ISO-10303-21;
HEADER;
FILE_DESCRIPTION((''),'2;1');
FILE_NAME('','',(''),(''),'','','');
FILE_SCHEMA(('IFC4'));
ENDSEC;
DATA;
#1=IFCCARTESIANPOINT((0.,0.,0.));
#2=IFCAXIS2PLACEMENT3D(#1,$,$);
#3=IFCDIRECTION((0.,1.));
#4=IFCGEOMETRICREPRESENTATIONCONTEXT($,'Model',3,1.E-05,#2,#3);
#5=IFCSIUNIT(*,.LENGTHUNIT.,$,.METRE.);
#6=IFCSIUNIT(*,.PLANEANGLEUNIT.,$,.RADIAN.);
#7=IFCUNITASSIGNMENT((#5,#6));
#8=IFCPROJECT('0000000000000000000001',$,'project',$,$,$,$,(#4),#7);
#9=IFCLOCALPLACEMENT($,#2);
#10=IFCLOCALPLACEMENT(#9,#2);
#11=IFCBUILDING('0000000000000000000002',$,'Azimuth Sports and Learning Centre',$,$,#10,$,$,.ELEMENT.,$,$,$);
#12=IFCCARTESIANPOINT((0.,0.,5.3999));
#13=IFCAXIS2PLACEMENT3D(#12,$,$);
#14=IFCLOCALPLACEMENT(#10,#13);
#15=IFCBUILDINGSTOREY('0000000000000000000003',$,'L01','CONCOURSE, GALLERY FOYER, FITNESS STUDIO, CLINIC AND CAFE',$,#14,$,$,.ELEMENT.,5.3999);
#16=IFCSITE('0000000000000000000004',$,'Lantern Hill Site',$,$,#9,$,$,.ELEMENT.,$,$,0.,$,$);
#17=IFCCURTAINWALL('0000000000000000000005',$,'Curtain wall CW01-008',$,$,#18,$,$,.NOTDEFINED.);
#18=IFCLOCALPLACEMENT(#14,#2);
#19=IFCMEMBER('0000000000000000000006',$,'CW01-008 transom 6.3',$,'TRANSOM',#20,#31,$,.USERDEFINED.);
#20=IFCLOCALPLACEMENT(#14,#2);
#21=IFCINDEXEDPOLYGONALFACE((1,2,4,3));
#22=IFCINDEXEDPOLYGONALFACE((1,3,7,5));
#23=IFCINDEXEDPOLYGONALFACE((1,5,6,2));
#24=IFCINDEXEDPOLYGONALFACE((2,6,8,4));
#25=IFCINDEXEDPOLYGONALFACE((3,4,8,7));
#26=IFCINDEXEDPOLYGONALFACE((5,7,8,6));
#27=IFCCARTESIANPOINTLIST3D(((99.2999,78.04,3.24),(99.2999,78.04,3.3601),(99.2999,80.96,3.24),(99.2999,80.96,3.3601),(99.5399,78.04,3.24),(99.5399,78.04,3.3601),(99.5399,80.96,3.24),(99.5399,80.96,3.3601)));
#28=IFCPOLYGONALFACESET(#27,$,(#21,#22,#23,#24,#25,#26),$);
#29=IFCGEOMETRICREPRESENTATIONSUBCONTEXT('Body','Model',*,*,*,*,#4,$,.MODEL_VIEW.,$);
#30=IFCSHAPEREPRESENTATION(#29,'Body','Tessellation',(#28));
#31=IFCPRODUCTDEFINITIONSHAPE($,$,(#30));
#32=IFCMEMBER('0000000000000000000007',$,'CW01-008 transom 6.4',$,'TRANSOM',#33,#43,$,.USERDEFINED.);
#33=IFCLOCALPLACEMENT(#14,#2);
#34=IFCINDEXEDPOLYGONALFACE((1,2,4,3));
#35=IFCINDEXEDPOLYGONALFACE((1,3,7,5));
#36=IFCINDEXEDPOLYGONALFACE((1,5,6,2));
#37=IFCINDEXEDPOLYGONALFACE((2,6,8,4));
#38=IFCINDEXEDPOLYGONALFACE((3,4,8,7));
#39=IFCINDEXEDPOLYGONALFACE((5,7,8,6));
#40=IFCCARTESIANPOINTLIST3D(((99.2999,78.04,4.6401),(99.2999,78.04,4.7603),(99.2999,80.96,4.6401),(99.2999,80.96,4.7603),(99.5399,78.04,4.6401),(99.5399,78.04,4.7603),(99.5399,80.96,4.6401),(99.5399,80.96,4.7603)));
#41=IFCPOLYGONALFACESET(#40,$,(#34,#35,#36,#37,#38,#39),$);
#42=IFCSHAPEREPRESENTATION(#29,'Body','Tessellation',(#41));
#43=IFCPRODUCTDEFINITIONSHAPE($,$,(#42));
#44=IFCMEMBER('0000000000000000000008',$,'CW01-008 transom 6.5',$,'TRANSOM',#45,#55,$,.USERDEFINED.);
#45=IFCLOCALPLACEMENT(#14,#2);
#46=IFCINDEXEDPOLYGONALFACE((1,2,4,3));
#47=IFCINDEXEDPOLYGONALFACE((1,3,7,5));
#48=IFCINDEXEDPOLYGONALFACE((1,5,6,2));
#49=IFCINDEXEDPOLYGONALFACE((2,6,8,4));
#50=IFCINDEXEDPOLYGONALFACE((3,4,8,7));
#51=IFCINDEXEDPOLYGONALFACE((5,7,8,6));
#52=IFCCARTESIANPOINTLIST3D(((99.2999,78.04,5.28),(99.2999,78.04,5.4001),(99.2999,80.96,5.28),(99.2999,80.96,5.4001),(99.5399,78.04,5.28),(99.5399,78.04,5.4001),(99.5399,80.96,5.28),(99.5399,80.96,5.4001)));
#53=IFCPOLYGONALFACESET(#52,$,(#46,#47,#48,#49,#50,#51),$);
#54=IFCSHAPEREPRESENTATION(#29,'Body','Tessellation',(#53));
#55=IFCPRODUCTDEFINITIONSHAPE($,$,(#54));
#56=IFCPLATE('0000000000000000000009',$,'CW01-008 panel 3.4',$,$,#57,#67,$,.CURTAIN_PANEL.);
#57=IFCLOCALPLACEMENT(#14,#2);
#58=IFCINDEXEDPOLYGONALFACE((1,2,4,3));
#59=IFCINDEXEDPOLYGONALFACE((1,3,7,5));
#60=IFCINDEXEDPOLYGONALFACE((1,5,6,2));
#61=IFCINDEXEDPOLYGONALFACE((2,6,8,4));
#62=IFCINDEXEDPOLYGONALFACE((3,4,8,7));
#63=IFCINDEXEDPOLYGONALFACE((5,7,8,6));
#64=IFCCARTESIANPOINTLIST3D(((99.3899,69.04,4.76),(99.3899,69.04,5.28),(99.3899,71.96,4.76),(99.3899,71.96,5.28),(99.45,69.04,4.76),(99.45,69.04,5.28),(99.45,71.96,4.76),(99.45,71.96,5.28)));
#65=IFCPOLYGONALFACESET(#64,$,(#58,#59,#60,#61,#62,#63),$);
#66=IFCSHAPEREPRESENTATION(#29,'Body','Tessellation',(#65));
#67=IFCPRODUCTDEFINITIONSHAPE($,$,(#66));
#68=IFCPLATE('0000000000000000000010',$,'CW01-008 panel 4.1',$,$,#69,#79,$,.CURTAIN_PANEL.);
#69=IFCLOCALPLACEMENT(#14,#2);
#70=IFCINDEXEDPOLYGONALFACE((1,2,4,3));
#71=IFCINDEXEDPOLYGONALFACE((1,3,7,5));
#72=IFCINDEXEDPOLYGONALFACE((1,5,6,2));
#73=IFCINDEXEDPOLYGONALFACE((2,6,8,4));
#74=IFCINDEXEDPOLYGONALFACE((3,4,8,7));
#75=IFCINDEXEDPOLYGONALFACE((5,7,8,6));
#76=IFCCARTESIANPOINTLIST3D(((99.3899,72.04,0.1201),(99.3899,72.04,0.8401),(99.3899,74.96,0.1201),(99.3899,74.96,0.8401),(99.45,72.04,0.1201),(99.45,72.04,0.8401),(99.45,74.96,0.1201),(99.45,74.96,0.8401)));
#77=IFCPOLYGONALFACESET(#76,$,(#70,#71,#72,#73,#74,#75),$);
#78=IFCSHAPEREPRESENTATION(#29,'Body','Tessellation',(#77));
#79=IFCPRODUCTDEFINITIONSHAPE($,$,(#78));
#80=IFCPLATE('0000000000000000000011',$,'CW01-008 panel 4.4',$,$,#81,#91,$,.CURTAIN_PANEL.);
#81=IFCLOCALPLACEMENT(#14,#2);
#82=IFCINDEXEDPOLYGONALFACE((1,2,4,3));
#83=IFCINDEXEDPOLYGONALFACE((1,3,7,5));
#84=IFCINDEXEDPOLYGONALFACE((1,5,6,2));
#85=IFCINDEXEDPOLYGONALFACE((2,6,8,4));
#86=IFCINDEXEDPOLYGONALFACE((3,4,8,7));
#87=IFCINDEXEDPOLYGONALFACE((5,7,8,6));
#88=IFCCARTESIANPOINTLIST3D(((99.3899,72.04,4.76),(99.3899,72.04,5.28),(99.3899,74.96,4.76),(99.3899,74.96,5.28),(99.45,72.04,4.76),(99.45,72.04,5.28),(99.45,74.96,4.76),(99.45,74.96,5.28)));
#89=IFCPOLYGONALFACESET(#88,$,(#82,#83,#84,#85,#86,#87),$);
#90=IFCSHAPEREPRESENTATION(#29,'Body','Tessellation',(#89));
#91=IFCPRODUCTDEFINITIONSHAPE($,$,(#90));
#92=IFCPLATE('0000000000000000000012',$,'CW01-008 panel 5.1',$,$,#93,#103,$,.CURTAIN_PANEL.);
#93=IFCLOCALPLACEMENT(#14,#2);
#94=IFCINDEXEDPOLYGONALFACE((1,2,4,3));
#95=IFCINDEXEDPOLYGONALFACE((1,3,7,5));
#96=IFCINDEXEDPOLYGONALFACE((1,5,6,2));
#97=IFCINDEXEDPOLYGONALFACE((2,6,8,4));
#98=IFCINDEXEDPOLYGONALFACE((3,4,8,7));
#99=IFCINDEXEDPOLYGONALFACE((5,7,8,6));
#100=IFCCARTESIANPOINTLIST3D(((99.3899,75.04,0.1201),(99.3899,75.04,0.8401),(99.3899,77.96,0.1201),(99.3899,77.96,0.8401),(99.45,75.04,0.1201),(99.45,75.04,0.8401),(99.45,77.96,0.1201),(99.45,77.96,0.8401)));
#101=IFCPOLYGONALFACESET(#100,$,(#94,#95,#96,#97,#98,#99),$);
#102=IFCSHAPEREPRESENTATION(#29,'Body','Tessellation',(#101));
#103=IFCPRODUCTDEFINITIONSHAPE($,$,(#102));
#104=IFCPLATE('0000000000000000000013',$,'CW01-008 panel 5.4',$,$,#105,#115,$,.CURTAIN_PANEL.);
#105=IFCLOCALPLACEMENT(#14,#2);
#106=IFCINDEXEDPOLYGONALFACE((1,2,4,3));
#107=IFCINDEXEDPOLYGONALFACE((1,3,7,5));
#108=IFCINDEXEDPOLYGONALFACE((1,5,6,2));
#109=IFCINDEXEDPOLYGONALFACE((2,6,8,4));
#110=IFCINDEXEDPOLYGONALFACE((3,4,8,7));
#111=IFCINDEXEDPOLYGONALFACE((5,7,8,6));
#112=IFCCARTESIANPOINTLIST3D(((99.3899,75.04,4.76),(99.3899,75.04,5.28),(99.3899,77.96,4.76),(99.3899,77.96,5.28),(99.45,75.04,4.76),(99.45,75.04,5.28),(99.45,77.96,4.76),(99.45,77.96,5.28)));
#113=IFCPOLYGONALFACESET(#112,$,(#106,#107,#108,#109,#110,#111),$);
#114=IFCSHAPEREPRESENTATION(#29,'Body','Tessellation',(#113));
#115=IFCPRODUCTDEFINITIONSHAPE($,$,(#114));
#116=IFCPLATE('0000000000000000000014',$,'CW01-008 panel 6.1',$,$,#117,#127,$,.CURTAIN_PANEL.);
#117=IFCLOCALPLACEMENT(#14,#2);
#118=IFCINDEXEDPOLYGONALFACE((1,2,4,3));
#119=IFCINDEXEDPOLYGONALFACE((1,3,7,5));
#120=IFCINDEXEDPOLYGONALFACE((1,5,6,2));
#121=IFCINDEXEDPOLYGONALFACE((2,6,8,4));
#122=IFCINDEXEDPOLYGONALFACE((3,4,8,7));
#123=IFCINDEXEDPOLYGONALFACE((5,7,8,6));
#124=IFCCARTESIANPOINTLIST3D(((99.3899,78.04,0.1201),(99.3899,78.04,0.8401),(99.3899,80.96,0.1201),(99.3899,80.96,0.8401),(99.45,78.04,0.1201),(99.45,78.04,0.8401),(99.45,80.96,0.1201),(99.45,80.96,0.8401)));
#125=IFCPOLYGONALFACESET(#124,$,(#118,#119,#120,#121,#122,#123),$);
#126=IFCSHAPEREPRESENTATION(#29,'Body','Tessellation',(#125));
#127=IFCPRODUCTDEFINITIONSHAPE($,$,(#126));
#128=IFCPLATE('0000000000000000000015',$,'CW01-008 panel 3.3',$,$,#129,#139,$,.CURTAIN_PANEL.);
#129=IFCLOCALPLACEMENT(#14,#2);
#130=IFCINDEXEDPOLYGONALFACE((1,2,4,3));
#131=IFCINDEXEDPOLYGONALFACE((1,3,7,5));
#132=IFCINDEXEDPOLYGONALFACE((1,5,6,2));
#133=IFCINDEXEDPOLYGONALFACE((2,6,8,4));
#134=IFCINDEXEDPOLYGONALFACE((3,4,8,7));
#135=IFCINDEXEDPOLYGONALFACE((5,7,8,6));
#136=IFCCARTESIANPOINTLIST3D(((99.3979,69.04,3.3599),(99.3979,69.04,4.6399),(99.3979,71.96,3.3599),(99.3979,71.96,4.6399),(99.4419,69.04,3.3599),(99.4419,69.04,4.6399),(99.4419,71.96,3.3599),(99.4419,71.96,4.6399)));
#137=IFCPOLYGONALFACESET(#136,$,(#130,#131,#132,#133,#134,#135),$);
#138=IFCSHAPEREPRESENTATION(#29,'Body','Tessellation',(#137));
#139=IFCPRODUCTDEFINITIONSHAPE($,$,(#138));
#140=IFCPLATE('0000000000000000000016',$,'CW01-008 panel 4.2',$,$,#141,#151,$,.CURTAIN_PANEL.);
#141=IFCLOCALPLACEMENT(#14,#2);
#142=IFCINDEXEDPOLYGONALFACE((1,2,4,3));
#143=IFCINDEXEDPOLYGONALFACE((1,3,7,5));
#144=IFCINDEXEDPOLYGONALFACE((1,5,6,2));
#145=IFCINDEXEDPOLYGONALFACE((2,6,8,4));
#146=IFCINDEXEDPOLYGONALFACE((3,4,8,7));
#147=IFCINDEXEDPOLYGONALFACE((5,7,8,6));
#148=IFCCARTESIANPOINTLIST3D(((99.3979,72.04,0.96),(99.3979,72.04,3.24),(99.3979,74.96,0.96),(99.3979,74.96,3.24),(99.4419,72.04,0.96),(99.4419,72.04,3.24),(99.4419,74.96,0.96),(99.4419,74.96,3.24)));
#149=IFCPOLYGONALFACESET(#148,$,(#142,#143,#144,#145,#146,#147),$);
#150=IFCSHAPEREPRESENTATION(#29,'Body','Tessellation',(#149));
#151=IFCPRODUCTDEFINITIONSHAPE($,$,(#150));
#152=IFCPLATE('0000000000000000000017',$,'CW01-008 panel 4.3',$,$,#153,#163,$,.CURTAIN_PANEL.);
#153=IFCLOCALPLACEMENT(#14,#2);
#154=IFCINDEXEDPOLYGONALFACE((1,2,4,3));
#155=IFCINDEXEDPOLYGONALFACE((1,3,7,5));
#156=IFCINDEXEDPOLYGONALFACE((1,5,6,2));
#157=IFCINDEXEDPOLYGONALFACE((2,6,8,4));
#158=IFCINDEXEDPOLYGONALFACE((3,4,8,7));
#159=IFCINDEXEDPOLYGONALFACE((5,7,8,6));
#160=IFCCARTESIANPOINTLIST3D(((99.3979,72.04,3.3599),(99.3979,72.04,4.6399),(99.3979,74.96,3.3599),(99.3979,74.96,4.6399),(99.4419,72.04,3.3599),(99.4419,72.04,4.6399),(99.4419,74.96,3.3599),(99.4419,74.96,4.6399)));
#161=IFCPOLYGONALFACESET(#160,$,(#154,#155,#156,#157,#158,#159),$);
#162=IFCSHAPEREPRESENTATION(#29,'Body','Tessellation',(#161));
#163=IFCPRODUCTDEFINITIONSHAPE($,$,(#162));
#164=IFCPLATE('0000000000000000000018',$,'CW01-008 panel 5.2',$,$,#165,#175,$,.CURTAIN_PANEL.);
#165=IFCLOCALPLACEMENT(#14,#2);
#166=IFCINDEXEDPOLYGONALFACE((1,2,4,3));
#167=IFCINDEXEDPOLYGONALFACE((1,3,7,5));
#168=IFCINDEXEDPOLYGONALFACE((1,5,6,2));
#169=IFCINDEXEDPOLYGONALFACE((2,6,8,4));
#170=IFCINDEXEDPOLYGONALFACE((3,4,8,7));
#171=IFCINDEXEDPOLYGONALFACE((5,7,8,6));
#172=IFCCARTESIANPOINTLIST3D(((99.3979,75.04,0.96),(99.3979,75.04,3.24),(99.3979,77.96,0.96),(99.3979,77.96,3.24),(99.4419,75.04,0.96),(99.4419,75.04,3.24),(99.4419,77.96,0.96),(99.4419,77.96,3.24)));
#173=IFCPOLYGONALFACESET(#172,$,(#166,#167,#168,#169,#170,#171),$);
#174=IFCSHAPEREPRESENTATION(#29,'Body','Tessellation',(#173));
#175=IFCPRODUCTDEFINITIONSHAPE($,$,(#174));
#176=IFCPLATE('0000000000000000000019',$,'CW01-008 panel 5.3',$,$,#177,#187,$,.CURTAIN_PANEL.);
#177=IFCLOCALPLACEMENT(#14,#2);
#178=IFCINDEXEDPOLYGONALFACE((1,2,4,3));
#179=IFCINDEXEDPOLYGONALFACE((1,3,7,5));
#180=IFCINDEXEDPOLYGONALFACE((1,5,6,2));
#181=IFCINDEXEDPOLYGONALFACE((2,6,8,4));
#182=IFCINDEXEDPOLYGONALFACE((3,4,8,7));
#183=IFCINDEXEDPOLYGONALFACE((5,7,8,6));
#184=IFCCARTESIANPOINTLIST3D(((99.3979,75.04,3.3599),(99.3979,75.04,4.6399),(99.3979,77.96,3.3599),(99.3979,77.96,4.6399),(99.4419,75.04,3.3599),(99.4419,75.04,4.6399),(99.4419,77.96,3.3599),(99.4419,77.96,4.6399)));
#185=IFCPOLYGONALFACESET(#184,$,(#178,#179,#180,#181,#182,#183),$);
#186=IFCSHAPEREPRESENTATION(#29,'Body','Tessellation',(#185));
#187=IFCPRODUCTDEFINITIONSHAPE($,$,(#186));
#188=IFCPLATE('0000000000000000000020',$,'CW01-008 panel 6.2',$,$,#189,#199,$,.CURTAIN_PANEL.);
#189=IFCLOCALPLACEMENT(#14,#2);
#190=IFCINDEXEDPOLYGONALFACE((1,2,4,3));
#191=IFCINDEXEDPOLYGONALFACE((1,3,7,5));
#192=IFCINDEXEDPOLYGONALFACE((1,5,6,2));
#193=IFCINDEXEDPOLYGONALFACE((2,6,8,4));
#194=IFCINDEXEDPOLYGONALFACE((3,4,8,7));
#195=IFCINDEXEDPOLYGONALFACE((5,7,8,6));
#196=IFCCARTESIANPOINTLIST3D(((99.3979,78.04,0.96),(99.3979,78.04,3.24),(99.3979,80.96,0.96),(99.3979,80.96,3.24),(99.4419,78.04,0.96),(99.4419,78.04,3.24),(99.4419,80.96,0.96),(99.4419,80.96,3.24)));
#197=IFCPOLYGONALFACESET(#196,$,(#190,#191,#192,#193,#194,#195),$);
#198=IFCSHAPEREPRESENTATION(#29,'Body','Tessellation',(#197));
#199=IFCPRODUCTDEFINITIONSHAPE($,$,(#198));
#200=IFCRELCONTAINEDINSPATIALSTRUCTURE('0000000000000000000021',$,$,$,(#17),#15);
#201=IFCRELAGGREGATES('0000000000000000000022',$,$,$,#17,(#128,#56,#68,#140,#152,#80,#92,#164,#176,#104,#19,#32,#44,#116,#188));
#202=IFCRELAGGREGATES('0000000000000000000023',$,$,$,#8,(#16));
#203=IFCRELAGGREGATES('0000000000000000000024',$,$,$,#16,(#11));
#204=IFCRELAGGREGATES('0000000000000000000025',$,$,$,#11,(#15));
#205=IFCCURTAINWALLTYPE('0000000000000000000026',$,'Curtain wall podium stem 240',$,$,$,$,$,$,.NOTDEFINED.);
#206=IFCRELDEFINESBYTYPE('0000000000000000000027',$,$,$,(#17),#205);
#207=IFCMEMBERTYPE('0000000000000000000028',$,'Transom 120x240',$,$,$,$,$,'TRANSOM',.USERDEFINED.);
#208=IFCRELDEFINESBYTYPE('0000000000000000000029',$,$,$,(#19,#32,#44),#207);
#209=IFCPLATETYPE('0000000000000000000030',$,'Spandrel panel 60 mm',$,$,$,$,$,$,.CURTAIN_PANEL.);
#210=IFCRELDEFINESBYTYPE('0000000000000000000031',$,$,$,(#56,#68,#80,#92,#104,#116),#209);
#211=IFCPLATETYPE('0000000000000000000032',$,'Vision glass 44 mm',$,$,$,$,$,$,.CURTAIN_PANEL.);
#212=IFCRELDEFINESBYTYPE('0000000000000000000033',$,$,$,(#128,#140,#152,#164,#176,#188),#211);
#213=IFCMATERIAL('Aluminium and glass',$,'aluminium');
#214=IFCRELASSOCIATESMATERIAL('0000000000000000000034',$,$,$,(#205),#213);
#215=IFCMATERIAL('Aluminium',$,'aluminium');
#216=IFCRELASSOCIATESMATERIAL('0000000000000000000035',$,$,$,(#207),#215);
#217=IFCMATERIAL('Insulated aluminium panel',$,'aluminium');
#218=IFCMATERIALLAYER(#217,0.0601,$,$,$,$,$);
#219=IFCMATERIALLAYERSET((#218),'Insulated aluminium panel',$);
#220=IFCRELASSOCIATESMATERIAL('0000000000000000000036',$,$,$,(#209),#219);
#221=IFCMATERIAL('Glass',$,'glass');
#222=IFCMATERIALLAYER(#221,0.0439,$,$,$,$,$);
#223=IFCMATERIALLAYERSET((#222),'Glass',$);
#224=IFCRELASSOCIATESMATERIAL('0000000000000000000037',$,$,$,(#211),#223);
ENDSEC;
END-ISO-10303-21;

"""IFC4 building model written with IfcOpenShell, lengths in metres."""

from ifc_helpers import new_model, si_unit, direction, frame, origin, origin_2d, place, context, subcontext, project, spatial, rectangle, extrude, material, layer, layer_set, material_profile, profile_set, type_object, element, aggregate, save


model = new_model("IFC4")

# Units and contexts
model_context = context("Model", 3, precision=1e-05, world=origin(), true_north=direction((0.0, 1.0)))
body_context = subcontext(model_context, "Body", "Model", "MODEL_VIEW")
ifc_project = project(units=[si_unit("LENGTHUNIT", "METRE"), si_unit("PLANEANGLEUNIT", "RADIAN")], contexts=[model_context])

# Site, building, storey
site_placement = place(None, origin())
site = spatial("IfcSite", under=ifc_project, at=site_placement, Name="Lantern Hill Site", CompositionType="ELEMENT", RefElevation=0.0)
building_placement = place(site_placement, origin())
building = spatial("IfcBuilding", under=site, at=building_placement, Name="Azimuth Sports and Learning Centre", CompositionType="ELEMENT")
storey_placement = place(building_placement, frame((0.0, 0.0, 5.3999)))
storey = spatial("IfcBuildingStorey", under=building, at=storey_placement, Name="L01", Description="CONCOURSE, GALLERY FOYER, FITNESS STUDIO, CLINIC AND CAFE", CompositionType="ELEMENT", Elevation=5.3999)

# Curtain wall, members, plates
ifc_material_1 = material(Name="Aluminium and glass", Category="aluminium")
curtain_wall_type = type_object("IfcCurtainWallType", Name="Curtain wall podium stem 240", PredefinedType="NOTDEFINED", material=ifc_material_1)
curtain_wall_placement = place(storey_placement, origin())
curtain_wall = element("IfcCurtainWall", 1, at=curtain_wall_placement, inside=storey, type_object=curtain_wall_type, Name="Curtain wall CW01-008", PredefinedType="NOTDEFINED")
ifc_material_2 = material(Name="Aluminium", Category="aluminium")
ifc_material_profile_1 = material_profile(ifc_material_2, rectangle(XDim=0.24, YDim=0.1201, at=origin_2d()), Name="Transom 120x240")
ifc_profile_set_1 = profile_set([ifc_material_profile_1], Name="Aluminium")
member_type_1 = type_object("IfcMemberType", Name="Transom 120x240", ElementType="TRANSOM", PredefinedType="USERDEFINED", material=ifc_profile_set_1)
member_1_placement = place(storey_placement, frame((99.4199, 78.04, 3.3), z_axis=(0.0, 1.0, 0.0), x_axis=(-1.0, 0.0, 0.0)))
member_1 = element("IfcMember", 2, at=member_1_placement, type_object=member_type_1, Name="CW01-008 transom 6.3", ObjectType="TRANSOM", PredefinedType="USERDEFINED", context=body_context, shape_type="SweptSolid", body=[
    extrude(rectangle(XDim=0.24, YDim=0.1201, at=origin_2d()), origin(), (0.0, 0.0, 1.0), 2.9199),
])
member_2_placement = place(storey_placement, frame((99.4199, 78.04, 4.7002), z_axis=(0.0, 1.0, 0.0), x_axis=(-1.0, 0.0, 0.0)))
member_2 = element("IfcMember", 3, at=member_2_placement, type_object=member_type_1, Name="CW01-008 transom 6.4", ObjectType="TRANSOM", PredefinedType="USERDEFINED", context=body_context, shape_type="SweptSolid", body=[
    extrude(rectangle(XDim=0.24, YDim=0.1201, at=origin_2d()), origin(), (0.0, 0.0, 1.0), 2.9199),
])
member_3_placement = place(storey_placement, frame((99.4199, 78.04, 5.3401), z_axis=(0.0, 1.0, 0.0), x_axis=(-1.0, 0.0, 0.0)))
member_3 = element("IfcMember", 4, at=member_3_placement, type_object=member_type_1, Name="CW01-008 transom 6.5", ObjectType="TRANSOM", PredefinedType="USERDEFINED", context=body_context, shape_type="SweptSolid", body=[
    extrude(rectangle(XDim=0.24, YDim=0.1201, at=origin_2d()), origin(), (0.0, 0.0, 1.0), 2.9199),
])
ifc_material_3 = material(Name="Insulated aluminium panel", Category="aluminium")
ifc_layer_1 = layer(ifc_material_3, 0.0601)
ifc_layer_set_1 = layer_set([ifc_layer_1], Name="Insulated aluminium panel")
plate_type_1 = type_object("IfcPlateType", Name="Spandrel panel 60 mm", PredefinedType="CURTAIN_PANEL", material=ifc_layer_set_1)
plate_1_placement = place(storey_placement, frame((99.4199, 70.5, 4.76), z_axis=(0.0, 0.0, 1.0), x_axis=(0.0, 1.0, 0.0)))
plate_1 = element("IfcPlate", 5, at=plate_1_placement, type_object=plate_type_1, Name="CW01-008 panel 3.4", PredefinedType="CURTAIN_PANEL", context=body_context, shape_type="SweptSolid", body=[
    extrude(rectangle(XDim=2.9199, YDim=0.0601, at=origin_2d()), origin(), (0.0, 0.0, 1.0), 0.52),
])
plate_2_placement = place(storey_placement, frame((99.4199, 73.5, 0.1201), z_axis=(0.0, 0.0, 1.0), x_axis=(0.0, 1.0, 0.0)))
plate_2 = element("IfcPlate", 6, at=plate_2_placement, type_object=plate_type_1, Name="CW01-008 panel 4.1", PredefinedType="CURTAIN_PANEL", context=body_context, shape_type="SweptSolid", body=[
    extrude(rectangle(XDim=2.9199, YDim=0.0601, at=origin_2d()), origin(), (0.0, 0.0, 1.0), 0.72),
])
plate_3_placement = place(storey_placement, frame((99.4199, 73.5, 4.76), z_axis=(0.0, 0.0, 1.0), x_axis=(0.0, 1.0, 0.0)))
plate_3 = element("IfcPlate", 7, at=plate_3_placement, type_object=plate_type_1, Name="CW01-008 panel 4.4", PredefinedType="CURTAIN_PANEL", context=body_context, shape_type="SweptSolid", body=[
    extrude(rectangle(XDim=2.9199, YDim=0.0601, at=origin_2d()), origin(), (0.0, 0.0, 1.0), 0.52),
])
plate_4_placement = place(storey_placement, frame((99.4199, 76.5, 0.1201), z_axis=(0.0, 0.0, 1.0), x_axis=(0.0, 1.0, 0.0)))
plate_4 = element("IfcPlate", 8, at=plate_4_placement, type_object=plate_type_1, Name="CW01-008 panel 5.1", PredefinedType="CURTAIN_PANEL", context=body_context, shape_type="SweptSolid", body=[
    extrude(rectangle(XDim=2.9199, YDim=0.0601, at=origin_2d()), origin(), (0.0, 0.0, 1.0), 0.72),
])
plate_5_placement = place(storey_placement, frame((99.4199, 76.5, 4.76), z_axis=(0.0, 0.0, 1.0), x_axis=(0.0, 1.0, 0.0)))
plate_5 = element("IfcPlate", 9, at=plate_5_placement, type_object=plate_type_1, Name="CW01-008 panel 5.4", PredefinedType="CURTAIN_PANEL", context=body_context, shape_type="SweptSolid", body=[
    extrude(rectangle(XDim=2.9199, YDim=0.0601, at=origin_2d()), origin(), (0.0, 0.0, 1.0), 0.52),
])
plate_6_placement = place(storey_placement, frame((99.4199, 79.5, 0.1201), z_axis=(0.0, 0.0, 1.0), x_axis=(0.0, 1.0, 0.0)))
plate_6 = element("IfcPlate", 10, at=plate_6_placement, type_object=plate_type_1, Name="CW01-008 panel 6.1", PredefinedType="CURTAIN_PANEL", context=body_context, shape_type="SweptSolid", body=[
    extrude(rectangle(XDim=2.9199, YDim=0.0601, at=origin_2d()), origin(), (0.0, 0.0, 1.0), 0.72),
])
ifc_material_4 = material(Name="Glass", Category="glass")
ifc_layer_2 = layer(ifc_material_4, 0.0439)
ifc_layer_set_2 = layer_set([ifc_layer_2], Name="Glass")
plate_type_2 = type_object("IfcPlateType", Name="Vision glass 44 mm", PredefinedType="CURTAIN_PANEL", material=ifc_layer_set_2)
plate_7_placement = place(storey_placement, frame((99.4199, 70.5, 3.3599), z_axis=(0.0, 0.0, 1.0), x_axis=(0.0, 1.0, 0.0)))
plate_7 = element("IfcPlate", 11, at=plate_7_placement, type_object=plate_type_2, Name="CW01-008 panel 3.3", PredefinedType="CURTAIN_PANEL", context=body_context, shape_type="SweptSolid", body=[
    extrude(rectangle(XDim=2.9199, YDim=0.0439, at=origin_2d()), origin(), (0.0, 0.0, 1.0), 1.28),
])
plate_8_placement = place(storey_placement, frame((99.4199, 73.5, 0.96), z_axis=(0.0, 0.0, 1.0), x_axis=(0.0, 1.0, 0.0)))
plate_8 = element("IfcPlate", 12, at=plate_8_placement, type_object=plate_type_2, Name="CW01-008 panel 4.2", PredefinedType="CURTAIN_PANEL", context=body_context, shape_type="SweptSolid", body=[
    extrude(rectangle(XDim=2.9199, YDim=0.0439, at=origin_2d()), origin(), (0.0, 0.0, 1.0), 2.28),
])
plate_9_placement = place(storey_placement, frame((99.4199, 73.5, 3.3599), z_axis=(0.0, 0.0, 1.0), x_axis=(0.0, 1.0, 0.0)))
plate_9 = element("IfcPlate", 13, at=plate_9_placement, type_object=plate_type_2, Name="CW01-008 panel 4.3", PredefinedType="CURTAIN_PANEL", context=body_context, shape_type="SweptSolid", body=[
    extrude(rectangle(XDim=2.9199, YDim=0.0439, at=origin_2d()), origin(), (0.0, 0.0, 1.0), 1.28),
])
plate_10_placement = place(storey_placement, frame((99.4199, 76.5, 0.96), z_axis=(0.0, 0.0, 1.0), x_axis=(0.0, 1.0, 0.0)))
plate_10 = element("IfcPlate", 14, at=plate_10_placement, type_object=plate_type_2, Name="CW01-008 panel 5.2", PredefinedType="CURTAIN_PANEL", context=body_context, shape_type="SweptSolid", body=[
    extrude(rectangle(XDim=2.9199, YDim=0.0439, at=origin_2d()), origin(), (0.0, 0.0, 1.0), 2.28),
])
plate_11_placement = place(storey_placement, frame((99.4199, 76.5, 3.3599), z_axis=(0.0, 0.0, 1.0), x_axis=(0.0, 1.0, 0.0)))
plate_11 = element("IfcPlate", 15, at=plate_11_placement, type_object=plate_type_2, Name="CW01-008 panel 5.3", PredefinedType="CURTAIN_PANEL", context=body_context, shape_type="SweptSolid", body=[
    extrude(rectangle(XDim=2.9199, YDim=0.0439, at=origin_2d()), origin(), (0.0, 0.0, 1.0), 1.28),
])
plate_12_placement = place(storey_placement, frame((99.4199, 79.5, 0.96), z_axis=(0.0, 0.0, 1.0), x_axis=(0.0, 1.0, 0.0)))
plate_12 = element("IfcPlate", 16, at=plate_12_placement, type_object=plate_type_2, Name="CW01-008 panel 6.2", PredefinedType="CURTAIN_PANEL", context=body_context, shape_type="SweptSolid", body=[
    extrude(rectangle(XDim=2.9199, YDim=0.0439, at=origin_2d()), origin(), (0.0, 0.0, 1.0), 2.28),
])
aggregate(curtain_wall, [plate_7, plate_1, plate_2, plate_8, plate_9, plate_3, plate_4, plate_10, plate_11, plate_5, member_1, member_2, member_3, plate_6, plate_12])

save(model, "model.ifc")
